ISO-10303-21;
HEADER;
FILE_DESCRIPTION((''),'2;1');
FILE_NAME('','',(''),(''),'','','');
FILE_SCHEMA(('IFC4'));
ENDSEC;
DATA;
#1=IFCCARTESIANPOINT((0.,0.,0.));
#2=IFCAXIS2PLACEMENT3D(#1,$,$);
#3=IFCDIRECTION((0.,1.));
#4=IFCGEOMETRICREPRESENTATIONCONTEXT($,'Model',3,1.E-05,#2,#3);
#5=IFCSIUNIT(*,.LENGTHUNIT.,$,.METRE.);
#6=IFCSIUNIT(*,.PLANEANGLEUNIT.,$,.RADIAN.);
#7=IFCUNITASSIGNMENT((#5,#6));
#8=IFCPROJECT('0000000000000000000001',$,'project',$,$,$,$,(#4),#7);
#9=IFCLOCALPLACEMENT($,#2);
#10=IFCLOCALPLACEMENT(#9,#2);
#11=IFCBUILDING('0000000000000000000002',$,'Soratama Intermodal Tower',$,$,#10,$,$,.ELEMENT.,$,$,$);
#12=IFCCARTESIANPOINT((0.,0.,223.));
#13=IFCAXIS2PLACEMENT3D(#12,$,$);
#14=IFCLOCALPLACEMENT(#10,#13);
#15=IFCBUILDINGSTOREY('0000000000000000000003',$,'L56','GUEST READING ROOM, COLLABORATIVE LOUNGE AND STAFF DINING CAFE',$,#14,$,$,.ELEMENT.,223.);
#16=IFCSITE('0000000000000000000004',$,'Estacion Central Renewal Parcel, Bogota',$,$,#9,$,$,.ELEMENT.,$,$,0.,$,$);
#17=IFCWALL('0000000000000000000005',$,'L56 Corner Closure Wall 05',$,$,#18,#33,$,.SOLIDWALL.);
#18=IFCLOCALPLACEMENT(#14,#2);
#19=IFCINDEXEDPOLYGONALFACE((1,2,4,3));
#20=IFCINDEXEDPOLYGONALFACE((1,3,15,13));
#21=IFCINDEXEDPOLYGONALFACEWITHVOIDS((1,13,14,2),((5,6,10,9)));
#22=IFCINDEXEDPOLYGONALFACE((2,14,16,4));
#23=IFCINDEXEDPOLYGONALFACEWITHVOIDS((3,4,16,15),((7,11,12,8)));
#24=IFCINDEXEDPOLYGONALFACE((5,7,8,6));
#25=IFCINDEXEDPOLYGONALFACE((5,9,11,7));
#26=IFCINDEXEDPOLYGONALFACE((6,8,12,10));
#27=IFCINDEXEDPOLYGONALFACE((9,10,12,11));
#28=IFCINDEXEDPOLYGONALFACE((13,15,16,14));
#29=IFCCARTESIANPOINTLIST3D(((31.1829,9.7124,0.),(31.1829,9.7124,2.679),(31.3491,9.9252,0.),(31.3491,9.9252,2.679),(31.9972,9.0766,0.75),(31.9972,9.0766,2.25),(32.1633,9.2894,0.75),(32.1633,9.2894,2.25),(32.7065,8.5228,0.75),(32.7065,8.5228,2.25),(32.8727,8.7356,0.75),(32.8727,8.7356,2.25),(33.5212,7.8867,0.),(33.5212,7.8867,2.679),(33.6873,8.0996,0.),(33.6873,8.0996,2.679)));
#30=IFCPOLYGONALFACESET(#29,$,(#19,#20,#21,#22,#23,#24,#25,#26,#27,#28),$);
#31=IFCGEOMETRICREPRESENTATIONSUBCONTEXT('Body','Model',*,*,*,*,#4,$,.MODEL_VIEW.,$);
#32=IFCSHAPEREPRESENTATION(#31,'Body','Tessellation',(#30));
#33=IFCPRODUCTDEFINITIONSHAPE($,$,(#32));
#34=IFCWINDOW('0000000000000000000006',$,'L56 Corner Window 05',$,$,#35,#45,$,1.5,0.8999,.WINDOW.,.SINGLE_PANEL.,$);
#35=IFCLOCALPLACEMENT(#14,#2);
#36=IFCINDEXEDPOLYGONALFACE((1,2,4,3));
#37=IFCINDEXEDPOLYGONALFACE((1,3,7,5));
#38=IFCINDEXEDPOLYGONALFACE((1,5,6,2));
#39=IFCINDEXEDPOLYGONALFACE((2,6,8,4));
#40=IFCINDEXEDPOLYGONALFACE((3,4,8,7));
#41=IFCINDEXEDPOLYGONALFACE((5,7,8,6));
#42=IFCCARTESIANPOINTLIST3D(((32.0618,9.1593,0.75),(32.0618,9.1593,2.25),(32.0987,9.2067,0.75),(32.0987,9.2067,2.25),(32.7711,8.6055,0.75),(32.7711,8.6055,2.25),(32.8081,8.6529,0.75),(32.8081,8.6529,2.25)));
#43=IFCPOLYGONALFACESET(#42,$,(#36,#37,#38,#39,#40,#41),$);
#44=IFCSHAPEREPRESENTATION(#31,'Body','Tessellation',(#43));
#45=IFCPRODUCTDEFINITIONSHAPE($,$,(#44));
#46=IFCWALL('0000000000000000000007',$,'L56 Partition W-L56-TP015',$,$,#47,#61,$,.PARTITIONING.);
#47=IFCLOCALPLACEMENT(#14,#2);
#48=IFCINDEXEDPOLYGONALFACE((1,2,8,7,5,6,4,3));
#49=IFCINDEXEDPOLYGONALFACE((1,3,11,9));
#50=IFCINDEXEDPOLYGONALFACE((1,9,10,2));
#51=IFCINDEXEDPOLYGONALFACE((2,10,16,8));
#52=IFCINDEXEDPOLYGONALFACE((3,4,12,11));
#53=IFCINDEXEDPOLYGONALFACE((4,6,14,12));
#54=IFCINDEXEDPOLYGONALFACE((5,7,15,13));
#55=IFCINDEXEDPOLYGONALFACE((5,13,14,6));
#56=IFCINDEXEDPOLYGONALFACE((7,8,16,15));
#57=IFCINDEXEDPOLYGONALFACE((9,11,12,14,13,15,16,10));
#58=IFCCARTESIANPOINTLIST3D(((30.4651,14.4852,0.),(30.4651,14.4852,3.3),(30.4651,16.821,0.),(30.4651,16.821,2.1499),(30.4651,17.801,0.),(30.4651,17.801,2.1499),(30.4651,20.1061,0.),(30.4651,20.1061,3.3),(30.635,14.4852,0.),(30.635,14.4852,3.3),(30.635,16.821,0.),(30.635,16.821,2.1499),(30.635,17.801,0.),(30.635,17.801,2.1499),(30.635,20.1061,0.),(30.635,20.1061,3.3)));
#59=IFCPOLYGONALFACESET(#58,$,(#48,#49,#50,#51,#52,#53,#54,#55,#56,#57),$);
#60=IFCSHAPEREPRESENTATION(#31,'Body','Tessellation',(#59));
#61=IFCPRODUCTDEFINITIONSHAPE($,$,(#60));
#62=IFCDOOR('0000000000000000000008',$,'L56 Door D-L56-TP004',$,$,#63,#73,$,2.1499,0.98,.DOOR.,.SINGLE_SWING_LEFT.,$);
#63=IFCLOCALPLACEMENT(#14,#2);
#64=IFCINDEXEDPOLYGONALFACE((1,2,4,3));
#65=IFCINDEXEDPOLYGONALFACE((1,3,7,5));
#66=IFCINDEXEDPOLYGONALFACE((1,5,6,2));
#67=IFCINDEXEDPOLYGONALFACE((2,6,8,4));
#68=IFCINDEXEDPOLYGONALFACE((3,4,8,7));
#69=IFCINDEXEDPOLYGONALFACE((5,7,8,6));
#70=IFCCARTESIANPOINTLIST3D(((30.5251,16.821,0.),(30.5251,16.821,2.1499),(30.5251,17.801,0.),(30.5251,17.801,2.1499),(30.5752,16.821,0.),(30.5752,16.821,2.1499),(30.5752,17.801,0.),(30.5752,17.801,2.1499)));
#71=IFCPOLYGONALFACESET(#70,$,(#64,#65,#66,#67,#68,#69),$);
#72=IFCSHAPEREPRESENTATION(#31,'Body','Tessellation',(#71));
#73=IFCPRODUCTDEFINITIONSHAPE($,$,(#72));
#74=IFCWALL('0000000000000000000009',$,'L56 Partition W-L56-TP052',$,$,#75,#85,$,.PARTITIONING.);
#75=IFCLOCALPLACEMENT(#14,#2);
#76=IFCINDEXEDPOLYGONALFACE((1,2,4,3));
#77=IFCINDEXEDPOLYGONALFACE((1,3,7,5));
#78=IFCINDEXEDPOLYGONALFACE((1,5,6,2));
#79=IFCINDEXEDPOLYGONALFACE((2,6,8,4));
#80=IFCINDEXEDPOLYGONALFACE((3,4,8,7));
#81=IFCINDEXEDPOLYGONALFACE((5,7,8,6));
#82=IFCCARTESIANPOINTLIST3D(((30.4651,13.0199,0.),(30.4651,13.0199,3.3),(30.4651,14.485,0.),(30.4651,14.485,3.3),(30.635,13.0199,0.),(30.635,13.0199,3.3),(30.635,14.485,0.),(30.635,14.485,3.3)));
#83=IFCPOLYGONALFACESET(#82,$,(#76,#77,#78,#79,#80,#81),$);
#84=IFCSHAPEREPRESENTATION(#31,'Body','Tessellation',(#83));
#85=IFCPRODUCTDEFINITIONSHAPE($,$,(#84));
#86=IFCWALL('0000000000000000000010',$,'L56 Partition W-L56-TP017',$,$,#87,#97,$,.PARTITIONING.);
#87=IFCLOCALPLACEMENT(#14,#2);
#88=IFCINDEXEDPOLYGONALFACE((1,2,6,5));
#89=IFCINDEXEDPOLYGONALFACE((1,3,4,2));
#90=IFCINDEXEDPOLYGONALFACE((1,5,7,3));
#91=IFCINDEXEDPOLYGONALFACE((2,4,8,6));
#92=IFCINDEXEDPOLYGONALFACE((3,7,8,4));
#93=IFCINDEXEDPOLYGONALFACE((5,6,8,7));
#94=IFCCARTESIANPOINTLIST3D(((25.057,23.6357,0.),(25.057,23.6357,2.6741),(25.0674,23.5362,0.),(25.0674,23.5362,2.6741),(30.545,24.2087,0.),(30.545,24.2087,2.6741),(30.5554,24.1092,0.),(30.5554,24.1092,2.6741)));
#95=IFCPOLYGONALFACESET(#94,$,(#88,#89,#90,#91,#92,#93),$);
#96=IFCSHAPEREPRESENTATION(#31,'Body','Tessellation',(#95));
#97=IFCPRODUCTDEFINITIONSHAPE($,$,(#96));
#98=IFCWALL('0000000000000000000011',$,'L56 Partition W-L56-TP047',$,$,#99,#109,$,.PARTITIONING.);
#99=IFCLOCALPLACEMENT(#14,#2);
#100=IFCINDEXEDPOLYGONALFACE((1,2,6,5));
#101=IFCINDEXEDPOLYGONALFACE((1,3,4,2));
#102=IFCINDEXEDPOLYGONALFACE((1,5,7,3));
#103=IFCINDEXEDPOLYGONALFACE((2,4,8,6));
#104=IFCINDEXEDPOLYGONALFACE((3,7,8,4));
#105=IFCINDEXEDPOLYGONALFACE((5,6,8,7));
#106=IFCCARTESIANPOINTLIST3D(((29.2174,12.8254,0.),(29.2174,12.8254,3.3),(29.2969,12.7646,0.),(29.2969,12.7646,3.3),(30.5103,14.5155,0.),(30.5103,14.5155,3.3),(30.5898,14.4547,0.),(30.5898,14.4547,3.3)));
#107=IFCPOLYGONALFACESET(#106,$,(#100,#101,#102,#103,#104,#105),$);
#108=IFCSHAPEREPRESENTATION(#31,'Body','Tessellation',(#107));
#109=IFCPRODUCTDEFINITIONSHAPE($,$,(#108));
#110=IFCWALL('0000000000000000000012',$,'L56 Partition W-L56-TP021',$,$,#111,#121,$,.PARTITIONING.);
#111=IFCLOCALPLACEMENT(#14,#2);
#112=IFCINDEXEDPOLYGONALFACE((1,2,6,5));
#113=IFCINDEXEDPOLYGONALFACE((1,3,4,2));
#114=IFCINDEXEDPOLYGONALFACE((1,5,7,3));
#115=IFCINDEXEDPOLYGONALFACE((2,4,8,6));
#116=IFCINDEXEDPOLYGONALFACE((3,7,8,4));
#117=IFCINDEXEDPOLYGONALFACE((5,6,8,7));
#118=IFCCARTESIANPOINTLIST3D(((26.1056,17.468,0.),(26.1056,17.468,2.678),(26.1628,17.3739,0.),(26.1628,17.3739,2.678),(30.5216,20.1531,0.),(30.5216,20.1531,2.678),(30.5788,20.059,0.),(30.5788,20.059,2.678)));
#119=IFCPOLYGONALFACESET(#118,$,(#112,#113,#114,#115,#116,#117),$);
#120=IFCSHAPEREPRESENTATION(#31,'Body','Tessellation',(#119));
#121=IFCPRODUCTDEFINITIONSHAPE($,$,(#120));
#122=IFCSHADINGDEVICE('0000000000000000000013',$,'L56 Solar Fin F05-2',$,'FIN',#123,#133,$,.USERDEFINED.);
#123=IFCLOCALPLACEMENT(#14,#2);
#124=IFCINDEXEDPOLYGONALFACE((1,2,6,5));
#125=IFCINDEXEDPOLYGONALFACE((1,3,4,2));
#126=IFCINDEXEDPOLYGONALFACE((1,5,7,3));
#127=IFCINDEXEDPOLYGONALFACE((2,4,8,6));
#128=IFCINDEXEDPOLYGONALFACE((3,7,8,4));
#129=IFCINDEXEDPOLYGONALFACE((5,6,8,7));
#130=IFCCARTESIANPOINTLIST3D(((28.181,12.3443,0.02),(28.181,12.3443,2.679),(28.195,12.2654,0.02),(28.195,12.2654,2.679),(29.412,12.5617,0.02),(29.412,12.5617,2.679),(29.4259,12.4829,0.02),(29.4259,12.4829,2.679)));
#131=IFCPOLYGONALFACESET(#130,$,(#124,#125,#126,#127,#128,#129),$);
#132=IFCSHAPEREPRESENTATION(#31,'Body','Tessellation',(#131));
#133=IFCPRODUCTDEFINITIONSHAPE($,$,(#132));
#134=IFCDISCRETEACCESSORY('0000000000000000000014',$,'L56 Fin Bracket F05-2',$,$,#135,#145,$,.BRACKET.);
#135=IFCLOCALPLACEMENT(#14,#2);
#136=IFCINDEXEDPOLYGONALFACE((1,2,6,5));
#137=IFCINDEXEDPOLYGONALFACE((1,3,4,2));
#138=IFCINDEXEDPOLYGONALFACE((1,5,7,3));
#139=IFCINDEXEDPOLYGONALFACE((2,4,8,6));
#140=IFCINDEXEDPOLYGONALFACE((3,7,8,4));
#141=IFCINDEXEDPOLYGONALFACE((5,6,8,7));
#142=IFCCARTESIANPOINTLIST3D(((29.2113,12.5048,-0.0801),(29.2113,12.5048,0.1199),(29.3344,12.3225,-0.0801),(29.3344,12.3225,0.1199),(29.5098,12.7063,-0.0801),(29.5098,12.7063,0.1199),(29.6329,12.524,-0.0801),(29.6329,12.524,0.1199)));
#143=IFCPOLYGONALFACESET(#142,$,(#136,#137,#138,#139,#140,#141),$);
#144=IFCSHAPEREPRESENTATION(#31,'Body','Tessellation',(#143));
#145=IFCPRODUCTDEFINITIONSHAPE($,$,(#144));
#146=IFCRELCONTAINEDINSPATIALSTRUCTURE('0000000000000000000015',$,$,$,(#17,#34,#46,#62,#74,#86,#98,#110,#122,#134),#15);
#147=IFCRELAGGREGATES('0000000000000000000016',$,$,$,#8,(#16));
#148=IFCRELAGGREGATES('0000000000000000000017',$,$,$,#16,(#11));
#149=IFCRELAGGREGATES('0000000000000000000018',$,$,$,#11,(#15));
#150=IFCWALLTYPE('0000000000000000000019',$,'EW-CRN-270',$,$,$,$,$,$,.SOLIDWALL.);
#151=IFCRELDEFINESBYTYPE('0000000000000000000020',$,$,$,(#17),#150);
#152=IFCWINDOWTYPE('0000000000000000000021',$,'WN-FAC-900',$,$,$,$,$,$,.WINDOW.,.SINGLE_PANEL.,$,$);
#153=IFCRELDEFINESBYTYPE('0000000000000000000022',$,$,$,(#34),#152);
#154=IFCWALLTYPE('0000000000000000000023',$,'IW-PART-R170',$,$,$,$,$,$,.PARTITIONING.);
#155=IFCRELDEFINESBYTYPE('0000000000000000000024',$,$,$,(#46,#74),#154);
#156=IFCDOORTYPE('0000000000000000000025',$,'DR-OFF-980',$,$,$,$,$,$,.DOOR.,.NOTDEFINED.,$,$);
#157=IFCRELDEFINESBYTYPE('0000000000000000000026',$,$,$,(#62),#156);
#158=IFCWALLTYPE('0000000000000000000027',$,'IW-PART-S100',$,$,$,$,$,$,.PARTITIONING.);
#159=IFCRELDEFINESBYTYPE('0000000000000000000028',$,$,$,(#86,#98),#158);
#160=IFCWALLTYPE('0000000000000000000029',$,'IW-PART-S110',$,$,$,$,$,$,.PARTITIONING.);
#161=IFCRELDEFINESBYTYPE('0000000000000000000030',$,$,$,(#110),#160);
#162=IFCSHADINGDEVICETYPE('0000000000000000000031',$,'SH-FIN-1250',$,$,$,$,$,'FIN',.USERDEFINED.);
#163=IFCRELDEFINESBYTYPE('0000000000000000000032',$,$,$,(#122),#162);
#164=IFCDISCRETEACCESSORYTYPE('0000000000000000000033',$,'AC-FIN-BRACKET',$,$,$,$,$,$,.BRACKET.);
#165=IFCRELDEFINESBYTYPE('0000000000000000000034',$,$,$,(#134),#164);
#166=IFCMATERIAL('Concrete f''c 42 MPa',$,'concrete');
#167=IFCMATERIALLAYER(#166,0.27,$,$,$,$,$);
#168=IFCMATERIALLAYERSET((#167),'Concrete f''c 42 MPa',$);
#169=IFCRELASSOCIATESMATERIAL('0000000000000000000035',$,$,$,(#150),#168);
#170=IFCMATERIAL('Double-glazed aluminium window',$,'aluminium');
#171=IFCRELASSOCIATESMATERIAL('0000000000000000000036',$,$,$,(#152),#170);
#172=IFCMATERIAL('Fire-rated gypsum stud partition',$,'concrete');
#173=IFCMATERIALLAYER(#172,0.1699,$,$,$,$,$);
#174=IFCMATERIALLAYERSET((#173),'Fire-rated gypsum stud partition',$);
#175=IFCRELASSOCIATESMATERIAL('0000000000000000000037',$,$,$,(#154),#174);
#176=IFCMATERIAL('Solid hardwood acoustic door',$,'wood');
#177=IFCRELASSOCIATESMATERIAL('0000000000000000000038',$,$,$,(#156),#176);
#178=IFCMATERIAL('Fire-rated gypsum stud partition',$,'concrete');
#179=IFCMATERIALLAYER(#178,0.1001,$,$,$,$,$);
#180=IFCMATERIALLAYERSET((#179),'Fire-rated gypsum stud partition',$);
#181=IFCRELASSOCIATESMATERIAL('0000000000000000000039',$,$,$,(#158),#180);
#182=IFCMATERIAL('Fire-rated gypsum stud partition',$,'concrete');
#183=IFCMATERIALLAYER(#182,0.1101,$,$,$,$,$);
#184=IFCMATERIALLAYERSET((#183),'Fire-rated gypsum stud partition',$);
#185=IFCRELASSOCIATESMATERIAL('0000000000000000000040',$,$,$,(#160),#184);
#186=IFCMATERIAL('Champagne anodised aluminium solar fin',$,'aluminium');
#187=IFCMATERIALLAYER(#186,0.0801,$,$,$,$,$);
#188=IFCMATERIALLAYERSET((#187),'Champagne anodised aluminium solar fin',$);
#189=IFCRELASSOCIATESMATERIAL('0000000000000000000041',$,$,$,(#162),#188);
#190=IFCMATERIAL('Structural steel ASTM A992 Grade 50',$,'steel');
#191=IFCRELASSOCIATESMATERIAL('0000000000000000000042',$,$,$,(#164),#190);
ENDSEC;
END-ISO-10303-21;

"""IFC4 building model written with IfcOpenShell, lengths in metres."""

from ifc_helpers import new_model, si_unit, direction, frame, frame_2d, origin, origin_2d, place, context, subcontext, project, spatial, rectangle, extrude, material, layer, layer_set, type_object, element, fill, save


model = new_model("IFC4")

# Units and contexts
model_context = context("Model", 3, precision=1e-05, world=origin(), true_north=direction((0.0, 1.0)))
body_context = subcontext(model_context, "Body", "Model", "MODEL_VIEW")
ifc_project = project(units=[si_unit("LENGTHUNIT", "METRE"), si_unit("PLANEANGLEUNIT", "RADIAN")], contexts=[model_context])

# Site, building, storey
site_placement = place(None, origin())
site = spatial("IfcSite", under=ifc_project, at=site_placement, Name="Estacion Central Renewal Parcel, Bogota", CompositionType="ELEMENT", RefElevation=0.0)
building_placement = place(site_placement, origin())
building = spatial("IfcBuilding", under=site, at=building_placement, Name="Soratama Intermodal Tower", CompositionType="ELEMENT")
storey_placement = place(building_placement, frame((0.0, 0.0, 223.0)))
storey = spatial("IfcBuildingStorey", under=building, at=storey_placement, Name="L56", Description="GUEST READING ROOM, COLLABORATIVE LOUNGE AND STAFF DINING CAFE", CompositionType="ELEMENT", Elevation=223.0)

# Wall, opening, window
ifc_material_1 = material(Name="Concrete f'c 42 MPa", Category="concrete")
ifc_layer_1 = layer(ifc_material_1, 0.27)
ifc_layer_set_1 = layer_set([ifc_layer_1], Name="Concrete f'c 42 MPa")
wall_type_1 = type_object("IfcWallType", Name="EW-CRN-270", PredefinedType="SOLIDWALL", material=ifc_layer_set_1)
wall_1_placement = place(storey_placement, frame((31.2659, 9.8188, 0.0), z_axis=(0.0, 0.0, 1.0), x_axis=(0.788216, -0.615398, 0.0)))
wall_1 = element("IfcWall", 1, at=wall_1_placement, inside=storey, type_object=wall_type_1, Name="L56 Corner Closure Wall 05", PredefinedType="SOLIDWALL", context=body_context, shape_type="SweptSolid", body=[
    extrude(rectangle(XDim=2.9666, YDim=0.27, at=frame_2d((1.4834, 0.0))), origin(), (0.0, 0.0, 1.0), 2.679),
])
opening_1_placement = place(wall_1_placement, frame((1.0332, 0.0, 0.75)))
opening_1 = element("IfcOpeningElement", 2, at=opening_1_placement, cuts=wall_1, PredefinedType="OPENING", context=body_context, shape_type="SweptSolid", body=[
    extrude(rectangle(XDim=0.8999, YDim=1.5, at=frame_2d((0.45, 0.75))), frame((0.0, 0.145, 0.0), z_axis=(0.0, -1.0, 0.0), x_axis=(1.0, 0.0, 0.0)), (0.0, 0.0, 1.0), 0.29),
])
ifc_material_2 = material(Name="Double-glazed aluminium window", Category="aluminium")
window_type = type_object("IfcWindowType", Name="WN-FAC-900", PartitioningType="SINGLE_PANEL", PredefinedType="WINDOW", material=ifc_material_2)
window_placement = place(opening_1_placement, origin())
window = element("IfcWindow", 3, at=window_placement, inside=storey, type_object=window_type, Name="L56 Corner Window 05", OverallHeight=1.5, OverallWidth=0.8999, PartitioningType="SINGLE_PANEL", PredefinedType="WINDOW", context=body_context, shape_type="SweptSolid", body=[
    extrude(rectangle(XDim=0.8999, YDim=1.5, at=frame_2d((0.45, 0.75))), frame((0.0, 0.03, 0.0), z_axis=(0.0, -1.0, 0.0), x_axis=(1.0, 0.0, 0.0)), (0.0, 0.0, 1.0), 0.0601),
])
fill(opening_1, window)

# Wall, opening, door
ifc_material_3 = material(Name="Fire-rated gypsum stud partition", Category="concrete")
ifc_layer_2 = layer(ifc_material_3, 0.1699)
ifc_layer_set_2 = layer_set([ifc_layer_2], Name="Fire-rated gypsum stud partition")
wall_type_2 = type_object("IfcWallType", Name="IW-PART-R170", PredefinedType="PARTITIONING", material=ifc_layer_set_2)
wall_2_placement = place(storey_placement, frame((30.55, 14.4851, 0.0), z_axis=(0.0, 0.0, 1.0), x_axis=(0.0, 1.0, 0.0)))
wall_2 = element("IfcWall", 4, at=wall_2_placement, inside=storey, type_object=wall_type_2, Name="L56 Partition W-L56-TP015", PredefinedType="PARTITIONING", context=body_context, shape_type="SweptSolid", body=[
    extrude(rectangle(XDim=5.6208, YDim=0.1699, at=frame_2d((2.8105, 0.0))), origin(), (0.0, 0.0, 1.0), 3.3),
])
opening_2_placement = place(wall_2_placement, frame((2.3359, 0.0, 0.0)))
opening_2 = element("IfcOpeningElement", 5, at=opening_2_placement, cuts=wall_2, PredefinedType="OPENING", context=body_context, shape_type="SweptSolid", body=[
    extrude(rectangle(XDim=0.98, YDim=2.1499, at=frame_2d((0.49, 1.075))), frame((0.0, 0.095, 0.0), z_axis=(0.0, -1.0, 0.0), x_axis=(1.0, 0.0, 0.0)), (0.0, 0.0, 1.0), 0.1899),
])
ifc_material_4 = material(Name="Solid hardwood acoustic door", Category="wood")
door_type = type_object("IfcDoorType", Name="DR-OFF-980", OperationType="NOTDEFINED", PredefinedType="DOOR", material=ifc_material_4)
door_1_placement = place(opening_2_placement, origin())
door_1 = element("IfcDoor", 6, at=door_1_placement, inside=storey, type_object=door_type, Name="L56 Door D-L56-TP004", OperationType="SINGLE_SWING_LEFT", OverallHeight=2.1499, OverallWidth=0.98, PredefinedType="DOOR", context=body_context, shape_type="SweptSolid", body=[
    extrude(rectangle(XDim=0.98, YDim=2.1499, at=frame_2d((0.49, 1.075))), frame((0.0, 0.0249, 0.0), z_axis=(0.0, -1.0, 0.0), x_axis=(1.0, 0.0, 0.0)), (0.0, 0.0, 1.0), 0.05),
])
fill(opening_2, door_1)

# Walls
wall_3_placement = place(storey_placement, frame((30.55, 13.02, 0.0), z_axis=(0.0, 0.0, 1.0), x_axis=(0.0, 1.0, 0.0)))
element("IfcWall", 7, at=wall_3_placement, inside=storey, type_object=wall_type_2, Name="L56 Partition W-L56-TP052", PredefinedType="PARTITIONING", context=body_context, shape_type="SweptSolid", body=[
    extrude(rectangle(XDim=1.4651, YDim=0.1699, at=frame_2d((0.7324, 0.0))), origin(), (0.0, 0.0, 1.0), 3.3),
])
ifc_material_5 = material(Name="Fire-rated gypsum stud partition", Category="concrete")
ifc_layer_3 = layer(ifc_material_5, 0.1001)
ifc_layer_set_3 = layer_set([ifc_layer_3], Name="Fire-rated gypsum stud partition")
wall_type_3 = type_object("IfcWallType", Name="IW-PART-S100", PredefinedType="PARTITIONING", material=ifc_layer_set_3)
wall_4_placement = place(storey_placement, frame((30.55, 24.1589, 0.0), z_axis=(0.0, 0.0, 1.0), x_axis=(-0.994594, -0.103844, 0.0)))
element("IfcWall", 8, at=wall_4_placement, inside=storey, type_object=wall_type_3, Name="L56 Partition W-L56-TP017", PredefinedType="PARTITIONING", context=body_context, shape_type="SweptSolid", body=[
    extrude(rectangle(XDim=5.5178, YDim=0.1001, at=frame_2d((2.7588, 0.0))), origin(), (0.0, 0.0, 1.0), 2.6741),
])
wall_5_placement = place(storey_placement, frame((30.55, 14.4851, 0.0), z_axis=(0.0, 0.0, 1.0), x_axis=(-0.607591, -0.79425, 0.0)))
element("IfcWall", 9, at=wall_5_placement, inside=storey, type_object=wall_type_3, Name="L56 Partition W-L56-TP047", PredefinedType="PARTITIONING", context=body_context, shape_type="SweptSolid", body=[
    extrude(rectangle(XDim=2.1279, YDim=0.1001, at=frame_2d((1.064, 0.0))), origin(), (0.0, 0.0, 1.0), 3.3),
])
ifc_material_6 = material(Name="Fire-rated gypsum stud partition", Category="concrete")
ifc_layer_4 = layer(ifc_material_6, 0.1101)
ifc_layer_set_4 = layer_set([ifc_layer_4], Name="Fire-rated gypsum stud partition")
wall_type_4 = type_object("IfcWallType", Name="IW-PART-S110", PredefinedType="PARTITIONING", material=ifc_layer_set_4)
wall_6_placement = place(storey_placement, frame((30.55, 20.106, 0.0), z_axis=(0.0, 0.0, 1.0), x_axis=(-0.854452, -0.51953, 0.0)))
element("IfcWall", 10, at=wall_6_placement, inside=storey, type_object=wall_type_4, Name="L56 Partition W-L56-TP021", PredefinedType="PARTITIONING", context=body_context, shape_type="SweptSolid", body=[
    extrude(rectangle(XDim=5.1682, YDim=0.1101, at=frame_2d((2.584, 0.0))), origin(), (0.0, 0.0, 1.0), 2.678),
])

# Shading device
ifc_material_7 = material(Name="Champagne anodised aluminium solar fin", Category="aluminium")
ifc_layer_5 = layer(ifc_material_7, 0.0801)
ifc_layer_set_5 = layer_set([ifc_layer_5], Name="Champagne anodised aluminium solar fin")
shading_device_type = type_object("IfcShadingDeviceType", Name="SH-FIN-1250", ElementType="FIN", PredefinedType="USERDEFINED", material=ifc_layer_set_5)
shading_device_placement = place(storey_placement, frame((28.8035, 12.4136, 0.02), z_axis=(0.0, 0.0, 1.0), x_axis=(-0.984747, -0.173992, 0.0)))
element("IfcShadingDevice", 11, at=shading_device_placement, inside=storey, type_object=shading_device_type, Name="L56 Solar Fin F05-2", ObjectType="FIN", PredefinedType="USERDEFINED", context=body_context, shape_type="SweptSolid", body=[
    extrude(rectangle(XDim=1.25, YDim=0.0801, at=origin_2d()), origin(), (0.0, 0.0, 1.0), 2.6589),
])

# Discrete accessory
ifc_material_8 = material(Name="Structural steel ASTM A992 Grade 50", Category="steel")
discrete_accessory_type = type_object("IfcDiscreteAccessoryType", Name="AC-FIN-BRACKET", PredefinedType="BRACKET", material=ifc_material_8)
discrete_accessory_placement = place(storey_placement, frame((29.4221, 12.5144, -0.0801), z_axis=(0.0, 0.0, 1.0), x_axis=(-0.828842, -0.559482, 0.0)))
element("IfcDiscreteAccessory", 12, at=discrete_accessory_placement, inside=storey, type_object=discrete_accessory_type, Name="L56 Fin Bracket F05-2", PredefinedType="BRACKET", context=body_context, shape_type="SweptSolid", body=[
    extrude(rectangle(XDim=0.3601, YDim=0.22, at=origin_2d()), origin(), (0.0, 0.0, 1.0), 0.2),
])

save(model, "model.ifc")
